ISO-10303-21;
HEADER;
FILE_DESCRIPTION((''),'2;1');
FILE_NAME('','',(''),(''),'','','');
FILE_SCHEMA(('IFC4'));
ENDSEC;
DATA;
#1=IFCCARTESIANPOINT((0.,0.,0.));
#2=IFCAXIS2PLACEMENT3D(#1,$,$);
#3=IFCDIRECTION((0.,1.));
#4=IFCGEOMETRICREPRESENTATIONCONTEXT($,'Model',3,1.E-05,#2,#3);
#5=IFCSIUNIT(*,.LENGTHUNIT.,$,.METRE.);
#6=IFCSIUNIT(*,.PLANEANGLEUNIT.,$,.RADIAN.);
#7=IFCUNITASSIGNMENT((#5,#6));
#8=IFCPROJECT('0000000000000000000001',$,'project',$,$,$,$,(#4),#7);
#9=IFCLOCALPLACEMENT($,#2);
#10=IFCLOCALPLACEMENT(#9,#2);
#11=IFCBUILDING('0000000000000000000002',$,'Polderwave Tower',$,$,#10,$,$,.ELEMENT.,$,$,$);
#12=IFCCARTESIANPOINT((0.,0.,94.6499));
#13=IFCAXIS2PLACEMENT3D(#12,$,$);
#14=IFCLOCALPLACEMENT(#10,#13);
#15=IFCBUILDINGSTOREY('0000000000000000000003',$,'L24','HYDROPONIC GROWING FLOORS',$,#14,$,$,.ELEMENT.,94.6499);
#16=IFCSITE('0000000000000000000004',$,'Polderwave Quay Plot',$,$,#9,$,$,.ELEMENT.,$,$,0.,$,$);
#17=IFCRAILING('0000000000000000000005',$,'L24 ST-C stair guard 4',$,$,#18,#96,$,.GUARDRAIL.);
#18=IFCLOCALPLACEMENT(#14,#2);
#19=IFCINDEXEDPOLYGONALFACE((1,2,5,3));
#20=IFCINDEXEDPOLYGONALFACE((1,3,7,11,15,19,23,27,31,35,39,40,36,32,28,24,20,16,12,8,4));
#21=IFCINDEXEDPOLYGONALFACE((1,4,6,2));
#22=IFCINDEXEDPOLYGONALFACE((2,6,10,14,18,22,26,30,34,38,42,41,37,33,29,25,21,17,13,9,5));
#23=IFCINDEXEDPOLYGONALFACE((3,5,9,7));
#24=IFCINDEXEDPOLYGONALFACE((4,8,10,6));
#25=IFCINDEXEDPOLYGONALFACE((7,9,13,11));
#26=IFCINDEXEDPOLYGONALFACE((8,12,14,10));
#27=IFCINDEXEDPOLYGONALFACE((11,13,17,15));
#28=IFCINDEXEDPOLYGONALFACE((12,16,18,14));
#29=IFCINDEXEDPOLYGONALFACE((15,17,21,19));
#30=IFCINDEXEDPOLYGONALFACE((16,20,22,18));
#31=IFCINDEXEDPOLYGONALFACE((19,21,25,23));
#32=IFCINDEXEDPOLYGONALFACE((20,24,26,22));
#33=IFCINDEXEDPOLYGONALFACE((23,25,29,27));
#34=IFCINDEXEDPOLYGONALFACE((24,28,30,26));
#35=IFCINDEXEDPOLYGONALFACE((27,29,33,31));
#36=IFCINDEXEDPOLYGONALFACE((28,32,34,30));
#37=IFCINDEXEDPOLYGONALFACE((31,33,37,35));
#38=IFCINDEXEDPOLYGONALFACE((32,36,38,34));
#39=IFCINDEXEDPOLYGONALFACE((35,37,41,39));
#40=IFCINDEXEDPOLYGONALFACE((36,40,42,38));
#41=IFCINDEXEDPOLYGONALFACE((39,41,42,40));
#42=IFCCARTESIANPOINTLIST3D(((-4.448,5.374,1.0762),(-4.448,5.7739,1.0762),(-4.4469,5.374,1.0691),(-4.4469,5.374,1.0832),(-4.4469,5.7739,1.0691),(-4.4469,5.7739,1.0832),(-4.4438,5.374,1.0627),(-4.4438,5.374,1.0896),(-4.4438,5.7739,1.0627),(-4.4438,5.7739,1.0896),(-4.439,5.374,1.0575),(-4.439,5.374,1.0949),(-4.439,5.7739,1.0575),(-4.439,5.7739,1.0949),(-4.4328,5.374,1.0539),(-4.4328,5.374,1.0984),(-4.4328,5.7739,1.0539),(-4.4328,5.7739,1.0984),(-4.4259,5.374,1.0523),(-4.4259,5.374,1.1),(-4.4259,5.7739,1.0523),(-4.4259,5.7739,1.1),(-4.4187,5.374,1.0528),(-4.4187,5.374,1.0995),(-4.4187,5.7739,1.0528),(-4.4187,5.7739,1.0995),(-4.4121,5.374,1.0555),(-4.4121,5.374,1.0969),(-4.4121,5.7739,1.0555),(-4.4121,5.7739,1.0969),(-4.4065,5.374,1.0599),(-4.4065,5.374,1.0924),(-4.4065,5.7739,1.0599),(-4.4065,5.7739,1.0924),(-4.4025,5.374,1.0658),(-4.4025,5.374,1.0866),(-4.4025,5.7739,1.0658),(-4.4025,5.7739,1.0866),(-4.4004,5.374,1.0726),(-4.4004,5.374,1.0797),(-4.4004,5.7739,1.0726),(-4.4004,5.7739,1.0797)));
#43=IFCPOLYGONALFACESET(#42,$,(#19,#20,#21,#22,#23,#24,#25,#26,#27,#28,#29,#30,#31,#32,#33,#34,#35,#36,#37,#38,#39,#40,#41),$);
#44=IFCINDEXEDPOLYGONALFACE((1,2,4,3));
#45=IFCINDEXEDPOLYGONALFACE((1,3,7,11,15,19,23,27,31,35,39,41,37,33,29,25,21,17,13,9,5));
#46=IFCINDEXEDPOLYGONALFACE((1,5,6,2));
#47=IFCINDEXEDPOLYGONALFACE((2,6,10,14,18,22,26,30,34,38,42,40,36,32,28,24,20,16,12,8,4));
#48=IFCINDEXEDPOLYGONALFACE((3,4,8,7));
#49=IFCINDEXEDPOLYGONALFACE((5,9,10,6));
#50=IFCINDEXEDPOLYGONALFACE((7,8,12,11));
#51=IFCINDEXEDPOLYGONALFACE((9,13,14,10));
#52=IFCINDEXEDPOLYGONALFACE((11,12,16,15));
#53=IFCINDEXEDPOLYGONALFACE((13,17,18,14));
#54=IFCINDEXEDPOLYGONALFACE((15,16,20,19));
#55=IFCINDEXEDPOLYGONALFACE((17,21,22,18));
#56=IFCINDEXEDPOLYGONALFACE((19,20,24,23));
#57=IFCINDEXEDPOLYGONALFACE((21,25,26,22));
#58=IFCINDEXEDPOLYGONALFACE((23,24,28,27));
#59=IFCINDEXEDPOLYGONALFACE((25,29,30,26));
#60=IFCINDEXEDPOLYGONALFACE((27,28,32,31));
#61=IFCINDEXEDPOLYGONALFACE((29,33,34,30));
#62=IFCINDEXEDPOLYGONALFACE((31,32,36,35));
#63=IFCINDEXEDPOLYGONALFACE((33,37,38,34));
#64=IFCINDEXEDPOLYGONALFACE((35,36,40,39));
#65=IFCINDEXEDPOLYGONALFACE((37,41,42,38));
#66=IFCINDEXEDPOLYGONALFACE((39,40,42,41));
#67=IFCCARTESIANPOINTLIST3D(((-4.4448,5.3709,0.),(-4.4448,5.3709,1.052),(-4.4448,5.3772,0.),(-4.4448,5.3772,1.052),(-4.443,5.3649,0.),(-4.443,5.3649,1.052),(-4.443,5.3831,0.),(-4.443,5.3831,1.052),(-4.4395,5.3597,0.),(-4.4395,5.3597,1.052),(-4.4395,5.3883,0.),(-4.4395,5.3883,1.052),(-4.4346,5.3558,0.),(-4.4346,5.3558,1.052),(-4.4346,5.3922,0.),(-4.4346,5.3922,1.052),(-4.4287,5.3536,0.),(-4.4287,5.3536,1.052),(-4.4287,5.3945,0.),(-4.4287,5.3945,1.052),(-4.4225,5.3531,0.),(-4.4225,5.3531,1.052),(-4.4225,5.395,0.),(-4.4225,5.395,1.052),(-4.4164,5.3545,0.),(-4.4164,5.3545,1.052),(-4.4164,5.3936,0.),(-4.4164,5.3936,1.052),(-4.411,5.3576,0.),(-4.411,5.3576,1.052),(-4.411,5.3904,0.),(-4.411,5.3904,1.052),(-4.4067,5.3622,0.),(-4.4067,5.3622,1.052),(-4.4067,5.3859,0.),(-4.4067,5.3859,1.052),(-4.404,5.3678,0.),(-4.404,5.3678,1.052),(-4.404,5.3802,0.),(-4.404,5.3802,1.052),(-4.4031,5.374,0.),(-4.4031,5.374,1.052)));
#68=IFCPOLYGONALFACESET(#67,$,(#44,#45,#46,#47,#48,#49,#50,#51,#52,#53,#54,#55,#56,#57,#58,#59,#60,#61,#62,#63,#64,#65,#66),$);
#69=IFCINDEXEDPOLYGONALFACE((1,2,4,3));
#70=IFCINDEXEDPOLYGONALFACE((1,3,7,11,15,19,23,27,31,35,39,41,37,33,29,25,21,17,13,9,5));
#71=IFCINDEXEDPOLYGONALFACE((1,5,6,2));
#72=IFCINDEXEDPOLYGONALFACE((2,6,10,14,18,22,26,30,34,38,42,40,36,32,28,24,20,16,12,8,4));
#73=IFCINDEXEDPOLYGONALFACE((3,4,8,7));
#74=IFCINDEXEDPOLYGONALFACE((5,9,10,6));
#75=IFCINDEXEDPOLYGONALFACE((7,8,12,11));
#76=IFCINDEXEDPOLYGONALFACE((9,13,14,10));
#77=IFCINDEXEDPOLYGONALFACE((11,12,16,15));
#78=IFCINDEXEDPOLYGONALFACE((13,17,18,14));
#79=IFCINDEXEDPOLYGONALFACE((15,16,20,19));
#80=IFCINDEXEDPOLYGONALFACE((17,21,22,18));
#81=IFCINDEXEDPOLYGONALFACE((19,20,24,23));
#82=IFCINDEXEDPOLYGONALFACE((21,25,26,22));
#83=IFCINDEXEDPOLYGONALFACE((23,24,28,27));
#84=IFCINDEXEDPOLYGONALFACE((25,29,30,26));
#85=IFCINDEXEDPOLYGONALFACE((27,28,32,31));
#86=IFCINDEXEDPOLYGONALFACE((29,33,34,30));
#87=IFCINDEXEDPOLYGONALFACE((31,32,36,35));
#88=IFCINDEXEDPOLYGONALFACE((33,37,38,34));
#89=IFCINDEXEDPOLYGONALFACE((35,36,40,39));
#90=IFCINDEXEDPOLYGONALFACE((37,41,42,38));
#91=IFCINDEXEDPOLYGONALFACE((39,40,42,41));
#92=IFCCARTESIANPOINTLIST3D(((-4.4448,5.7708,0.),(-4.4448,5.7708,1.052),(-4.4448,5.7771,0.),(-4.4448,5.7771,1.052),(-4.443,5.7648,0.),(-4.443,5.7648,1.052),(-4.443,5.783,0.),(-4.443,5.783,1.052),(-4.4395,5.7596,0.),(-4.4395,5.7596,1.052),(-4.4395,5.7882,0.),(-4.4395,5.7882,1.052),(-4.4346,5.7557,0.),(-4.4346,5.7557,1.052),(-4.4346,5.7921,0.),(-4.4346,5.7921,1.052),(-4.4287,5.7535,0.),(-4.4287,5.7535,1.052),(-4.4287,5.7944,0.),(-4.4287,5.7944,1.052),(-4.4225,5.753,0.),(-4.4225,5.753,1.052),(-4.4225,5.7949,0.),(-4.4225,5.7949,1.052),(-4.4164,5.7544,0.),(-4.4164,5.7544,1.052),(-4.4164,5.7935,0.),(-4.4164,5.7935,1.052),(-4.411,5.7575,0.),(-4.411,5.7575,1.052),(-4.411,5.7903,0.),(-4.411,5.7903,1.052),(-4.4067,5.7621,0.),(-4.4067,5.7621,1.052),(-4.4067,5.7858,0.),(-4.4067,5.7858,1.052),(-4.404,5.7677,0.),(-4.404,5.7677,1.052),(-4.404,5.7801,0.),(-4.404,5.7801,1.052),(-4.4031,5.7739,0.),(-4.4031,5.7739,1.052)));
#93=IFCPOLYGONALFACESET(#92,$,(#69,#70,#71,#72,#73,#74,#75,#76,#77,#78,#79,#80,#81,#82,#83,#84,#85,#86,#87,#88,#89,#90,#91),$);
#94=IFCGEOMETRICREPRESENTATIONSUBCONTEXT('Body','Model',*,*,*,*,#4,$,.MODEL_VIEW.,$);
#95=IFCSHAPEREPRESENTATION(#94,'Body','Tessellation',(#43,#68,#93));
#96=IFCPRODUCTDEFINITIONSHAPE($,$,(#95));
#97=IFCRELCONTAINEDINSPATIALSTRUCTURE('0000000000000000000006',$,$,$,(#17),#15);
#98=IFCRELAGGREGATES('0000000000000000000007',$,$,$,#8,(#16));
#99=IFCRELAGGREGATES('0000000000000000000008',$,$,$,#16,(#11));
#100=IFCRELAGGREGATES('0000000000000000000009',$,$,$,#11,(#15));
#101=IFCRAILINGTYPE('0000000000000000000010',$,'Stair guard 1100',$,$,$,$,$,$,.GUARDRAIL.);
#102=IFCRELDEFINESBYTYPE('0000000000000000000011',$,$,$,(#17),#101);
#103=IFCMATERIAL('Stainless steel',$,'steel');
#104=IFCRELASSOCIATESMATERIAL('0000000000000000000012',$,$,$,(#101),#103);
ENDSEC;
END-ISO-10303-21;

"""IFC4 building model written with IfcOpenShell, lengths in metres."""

from ifc_helpers import new_model, si_unit, direction, frame, origin, origin_2d, place, context, subcontext, project, spatial, circle, extrude, material, type_object, element, save


model = new_model("IFC4")

# Units and contexts
model_context = context("Model", 3, precision=1e-05, world=origin(), true_north=direction((0.0, 1.0)))
body_context = subcontext(model_context, "Body", "Model", "MODEL_VIEW")
ifc_project = project(units=[si_unit("LENGTHUNIT", "METRE"), si_unit("PLANEANGLEUNIT", "RADIAN")], contexts=[model_context])

# Site, building, storey
site_placement = place(None, origin())
site = spatial("IfcSite", under=ifc_project, at=site_placement, Name="Polderwave Quay Plot", CompositionType="ELEMENT", RefElevation=0.0)
building_placement = place(site_placement, origin())
building = spatial("IfcBuilding", under=site, at=building_placement, Name="Polderwave Tower", CompositionType="ELEMENT")
storey_placement = place(building_placement, frame((0.0, 0.0, 94.6499)))
storey = spatial("IfcBuildingStorey", under=building, at=storey_placement, Name="L24", Description="HYDROPONIC GROWING FLOORS", CompositionType="ELEMENT", Elevation=94.6499)

# Railing
ifc_material_1 = material(Name="Stainless steel", Category="steel")
railing_type_1 = type_object("IfcRailingType", Name="Stair guard 1100", PredefinedType="GUARDRAIL", material=ifc_material_1)
railing_1_placement = place(storey_placement, frame((-4.4241, 5.374, 0.0)))
element("IfcRailing", 1, at=railing_1_placement, inside=storey, type_object=railing_type_1, Name="L24 ST-C stair guard 4", PredefinedType="GUARDRAIL", context=body_context, shape_type="SweptSolid", body=[
    extrude(circle(Radius=0.0239, at=origin_2d()), frame((0.0, 0.0, 1.0762), z_axis=(0.0, 1.0, 0.0), x_axis=(-1.0, 0.0, 0.0)), (0.0, 0.0, 1.0), 0.3999),
    extrude(circle(Radius=0.021, at=origin_2d()), origin(), (0.0, 0.0, 1.0), 1.052),
    extrude(circle(Radius=0.021, at=origin_2d()), frame((0.0, 0.3999, 0.0)), (0.0, 0.0, 1.0), 1.052),
])

save(model, "model.ifc")
